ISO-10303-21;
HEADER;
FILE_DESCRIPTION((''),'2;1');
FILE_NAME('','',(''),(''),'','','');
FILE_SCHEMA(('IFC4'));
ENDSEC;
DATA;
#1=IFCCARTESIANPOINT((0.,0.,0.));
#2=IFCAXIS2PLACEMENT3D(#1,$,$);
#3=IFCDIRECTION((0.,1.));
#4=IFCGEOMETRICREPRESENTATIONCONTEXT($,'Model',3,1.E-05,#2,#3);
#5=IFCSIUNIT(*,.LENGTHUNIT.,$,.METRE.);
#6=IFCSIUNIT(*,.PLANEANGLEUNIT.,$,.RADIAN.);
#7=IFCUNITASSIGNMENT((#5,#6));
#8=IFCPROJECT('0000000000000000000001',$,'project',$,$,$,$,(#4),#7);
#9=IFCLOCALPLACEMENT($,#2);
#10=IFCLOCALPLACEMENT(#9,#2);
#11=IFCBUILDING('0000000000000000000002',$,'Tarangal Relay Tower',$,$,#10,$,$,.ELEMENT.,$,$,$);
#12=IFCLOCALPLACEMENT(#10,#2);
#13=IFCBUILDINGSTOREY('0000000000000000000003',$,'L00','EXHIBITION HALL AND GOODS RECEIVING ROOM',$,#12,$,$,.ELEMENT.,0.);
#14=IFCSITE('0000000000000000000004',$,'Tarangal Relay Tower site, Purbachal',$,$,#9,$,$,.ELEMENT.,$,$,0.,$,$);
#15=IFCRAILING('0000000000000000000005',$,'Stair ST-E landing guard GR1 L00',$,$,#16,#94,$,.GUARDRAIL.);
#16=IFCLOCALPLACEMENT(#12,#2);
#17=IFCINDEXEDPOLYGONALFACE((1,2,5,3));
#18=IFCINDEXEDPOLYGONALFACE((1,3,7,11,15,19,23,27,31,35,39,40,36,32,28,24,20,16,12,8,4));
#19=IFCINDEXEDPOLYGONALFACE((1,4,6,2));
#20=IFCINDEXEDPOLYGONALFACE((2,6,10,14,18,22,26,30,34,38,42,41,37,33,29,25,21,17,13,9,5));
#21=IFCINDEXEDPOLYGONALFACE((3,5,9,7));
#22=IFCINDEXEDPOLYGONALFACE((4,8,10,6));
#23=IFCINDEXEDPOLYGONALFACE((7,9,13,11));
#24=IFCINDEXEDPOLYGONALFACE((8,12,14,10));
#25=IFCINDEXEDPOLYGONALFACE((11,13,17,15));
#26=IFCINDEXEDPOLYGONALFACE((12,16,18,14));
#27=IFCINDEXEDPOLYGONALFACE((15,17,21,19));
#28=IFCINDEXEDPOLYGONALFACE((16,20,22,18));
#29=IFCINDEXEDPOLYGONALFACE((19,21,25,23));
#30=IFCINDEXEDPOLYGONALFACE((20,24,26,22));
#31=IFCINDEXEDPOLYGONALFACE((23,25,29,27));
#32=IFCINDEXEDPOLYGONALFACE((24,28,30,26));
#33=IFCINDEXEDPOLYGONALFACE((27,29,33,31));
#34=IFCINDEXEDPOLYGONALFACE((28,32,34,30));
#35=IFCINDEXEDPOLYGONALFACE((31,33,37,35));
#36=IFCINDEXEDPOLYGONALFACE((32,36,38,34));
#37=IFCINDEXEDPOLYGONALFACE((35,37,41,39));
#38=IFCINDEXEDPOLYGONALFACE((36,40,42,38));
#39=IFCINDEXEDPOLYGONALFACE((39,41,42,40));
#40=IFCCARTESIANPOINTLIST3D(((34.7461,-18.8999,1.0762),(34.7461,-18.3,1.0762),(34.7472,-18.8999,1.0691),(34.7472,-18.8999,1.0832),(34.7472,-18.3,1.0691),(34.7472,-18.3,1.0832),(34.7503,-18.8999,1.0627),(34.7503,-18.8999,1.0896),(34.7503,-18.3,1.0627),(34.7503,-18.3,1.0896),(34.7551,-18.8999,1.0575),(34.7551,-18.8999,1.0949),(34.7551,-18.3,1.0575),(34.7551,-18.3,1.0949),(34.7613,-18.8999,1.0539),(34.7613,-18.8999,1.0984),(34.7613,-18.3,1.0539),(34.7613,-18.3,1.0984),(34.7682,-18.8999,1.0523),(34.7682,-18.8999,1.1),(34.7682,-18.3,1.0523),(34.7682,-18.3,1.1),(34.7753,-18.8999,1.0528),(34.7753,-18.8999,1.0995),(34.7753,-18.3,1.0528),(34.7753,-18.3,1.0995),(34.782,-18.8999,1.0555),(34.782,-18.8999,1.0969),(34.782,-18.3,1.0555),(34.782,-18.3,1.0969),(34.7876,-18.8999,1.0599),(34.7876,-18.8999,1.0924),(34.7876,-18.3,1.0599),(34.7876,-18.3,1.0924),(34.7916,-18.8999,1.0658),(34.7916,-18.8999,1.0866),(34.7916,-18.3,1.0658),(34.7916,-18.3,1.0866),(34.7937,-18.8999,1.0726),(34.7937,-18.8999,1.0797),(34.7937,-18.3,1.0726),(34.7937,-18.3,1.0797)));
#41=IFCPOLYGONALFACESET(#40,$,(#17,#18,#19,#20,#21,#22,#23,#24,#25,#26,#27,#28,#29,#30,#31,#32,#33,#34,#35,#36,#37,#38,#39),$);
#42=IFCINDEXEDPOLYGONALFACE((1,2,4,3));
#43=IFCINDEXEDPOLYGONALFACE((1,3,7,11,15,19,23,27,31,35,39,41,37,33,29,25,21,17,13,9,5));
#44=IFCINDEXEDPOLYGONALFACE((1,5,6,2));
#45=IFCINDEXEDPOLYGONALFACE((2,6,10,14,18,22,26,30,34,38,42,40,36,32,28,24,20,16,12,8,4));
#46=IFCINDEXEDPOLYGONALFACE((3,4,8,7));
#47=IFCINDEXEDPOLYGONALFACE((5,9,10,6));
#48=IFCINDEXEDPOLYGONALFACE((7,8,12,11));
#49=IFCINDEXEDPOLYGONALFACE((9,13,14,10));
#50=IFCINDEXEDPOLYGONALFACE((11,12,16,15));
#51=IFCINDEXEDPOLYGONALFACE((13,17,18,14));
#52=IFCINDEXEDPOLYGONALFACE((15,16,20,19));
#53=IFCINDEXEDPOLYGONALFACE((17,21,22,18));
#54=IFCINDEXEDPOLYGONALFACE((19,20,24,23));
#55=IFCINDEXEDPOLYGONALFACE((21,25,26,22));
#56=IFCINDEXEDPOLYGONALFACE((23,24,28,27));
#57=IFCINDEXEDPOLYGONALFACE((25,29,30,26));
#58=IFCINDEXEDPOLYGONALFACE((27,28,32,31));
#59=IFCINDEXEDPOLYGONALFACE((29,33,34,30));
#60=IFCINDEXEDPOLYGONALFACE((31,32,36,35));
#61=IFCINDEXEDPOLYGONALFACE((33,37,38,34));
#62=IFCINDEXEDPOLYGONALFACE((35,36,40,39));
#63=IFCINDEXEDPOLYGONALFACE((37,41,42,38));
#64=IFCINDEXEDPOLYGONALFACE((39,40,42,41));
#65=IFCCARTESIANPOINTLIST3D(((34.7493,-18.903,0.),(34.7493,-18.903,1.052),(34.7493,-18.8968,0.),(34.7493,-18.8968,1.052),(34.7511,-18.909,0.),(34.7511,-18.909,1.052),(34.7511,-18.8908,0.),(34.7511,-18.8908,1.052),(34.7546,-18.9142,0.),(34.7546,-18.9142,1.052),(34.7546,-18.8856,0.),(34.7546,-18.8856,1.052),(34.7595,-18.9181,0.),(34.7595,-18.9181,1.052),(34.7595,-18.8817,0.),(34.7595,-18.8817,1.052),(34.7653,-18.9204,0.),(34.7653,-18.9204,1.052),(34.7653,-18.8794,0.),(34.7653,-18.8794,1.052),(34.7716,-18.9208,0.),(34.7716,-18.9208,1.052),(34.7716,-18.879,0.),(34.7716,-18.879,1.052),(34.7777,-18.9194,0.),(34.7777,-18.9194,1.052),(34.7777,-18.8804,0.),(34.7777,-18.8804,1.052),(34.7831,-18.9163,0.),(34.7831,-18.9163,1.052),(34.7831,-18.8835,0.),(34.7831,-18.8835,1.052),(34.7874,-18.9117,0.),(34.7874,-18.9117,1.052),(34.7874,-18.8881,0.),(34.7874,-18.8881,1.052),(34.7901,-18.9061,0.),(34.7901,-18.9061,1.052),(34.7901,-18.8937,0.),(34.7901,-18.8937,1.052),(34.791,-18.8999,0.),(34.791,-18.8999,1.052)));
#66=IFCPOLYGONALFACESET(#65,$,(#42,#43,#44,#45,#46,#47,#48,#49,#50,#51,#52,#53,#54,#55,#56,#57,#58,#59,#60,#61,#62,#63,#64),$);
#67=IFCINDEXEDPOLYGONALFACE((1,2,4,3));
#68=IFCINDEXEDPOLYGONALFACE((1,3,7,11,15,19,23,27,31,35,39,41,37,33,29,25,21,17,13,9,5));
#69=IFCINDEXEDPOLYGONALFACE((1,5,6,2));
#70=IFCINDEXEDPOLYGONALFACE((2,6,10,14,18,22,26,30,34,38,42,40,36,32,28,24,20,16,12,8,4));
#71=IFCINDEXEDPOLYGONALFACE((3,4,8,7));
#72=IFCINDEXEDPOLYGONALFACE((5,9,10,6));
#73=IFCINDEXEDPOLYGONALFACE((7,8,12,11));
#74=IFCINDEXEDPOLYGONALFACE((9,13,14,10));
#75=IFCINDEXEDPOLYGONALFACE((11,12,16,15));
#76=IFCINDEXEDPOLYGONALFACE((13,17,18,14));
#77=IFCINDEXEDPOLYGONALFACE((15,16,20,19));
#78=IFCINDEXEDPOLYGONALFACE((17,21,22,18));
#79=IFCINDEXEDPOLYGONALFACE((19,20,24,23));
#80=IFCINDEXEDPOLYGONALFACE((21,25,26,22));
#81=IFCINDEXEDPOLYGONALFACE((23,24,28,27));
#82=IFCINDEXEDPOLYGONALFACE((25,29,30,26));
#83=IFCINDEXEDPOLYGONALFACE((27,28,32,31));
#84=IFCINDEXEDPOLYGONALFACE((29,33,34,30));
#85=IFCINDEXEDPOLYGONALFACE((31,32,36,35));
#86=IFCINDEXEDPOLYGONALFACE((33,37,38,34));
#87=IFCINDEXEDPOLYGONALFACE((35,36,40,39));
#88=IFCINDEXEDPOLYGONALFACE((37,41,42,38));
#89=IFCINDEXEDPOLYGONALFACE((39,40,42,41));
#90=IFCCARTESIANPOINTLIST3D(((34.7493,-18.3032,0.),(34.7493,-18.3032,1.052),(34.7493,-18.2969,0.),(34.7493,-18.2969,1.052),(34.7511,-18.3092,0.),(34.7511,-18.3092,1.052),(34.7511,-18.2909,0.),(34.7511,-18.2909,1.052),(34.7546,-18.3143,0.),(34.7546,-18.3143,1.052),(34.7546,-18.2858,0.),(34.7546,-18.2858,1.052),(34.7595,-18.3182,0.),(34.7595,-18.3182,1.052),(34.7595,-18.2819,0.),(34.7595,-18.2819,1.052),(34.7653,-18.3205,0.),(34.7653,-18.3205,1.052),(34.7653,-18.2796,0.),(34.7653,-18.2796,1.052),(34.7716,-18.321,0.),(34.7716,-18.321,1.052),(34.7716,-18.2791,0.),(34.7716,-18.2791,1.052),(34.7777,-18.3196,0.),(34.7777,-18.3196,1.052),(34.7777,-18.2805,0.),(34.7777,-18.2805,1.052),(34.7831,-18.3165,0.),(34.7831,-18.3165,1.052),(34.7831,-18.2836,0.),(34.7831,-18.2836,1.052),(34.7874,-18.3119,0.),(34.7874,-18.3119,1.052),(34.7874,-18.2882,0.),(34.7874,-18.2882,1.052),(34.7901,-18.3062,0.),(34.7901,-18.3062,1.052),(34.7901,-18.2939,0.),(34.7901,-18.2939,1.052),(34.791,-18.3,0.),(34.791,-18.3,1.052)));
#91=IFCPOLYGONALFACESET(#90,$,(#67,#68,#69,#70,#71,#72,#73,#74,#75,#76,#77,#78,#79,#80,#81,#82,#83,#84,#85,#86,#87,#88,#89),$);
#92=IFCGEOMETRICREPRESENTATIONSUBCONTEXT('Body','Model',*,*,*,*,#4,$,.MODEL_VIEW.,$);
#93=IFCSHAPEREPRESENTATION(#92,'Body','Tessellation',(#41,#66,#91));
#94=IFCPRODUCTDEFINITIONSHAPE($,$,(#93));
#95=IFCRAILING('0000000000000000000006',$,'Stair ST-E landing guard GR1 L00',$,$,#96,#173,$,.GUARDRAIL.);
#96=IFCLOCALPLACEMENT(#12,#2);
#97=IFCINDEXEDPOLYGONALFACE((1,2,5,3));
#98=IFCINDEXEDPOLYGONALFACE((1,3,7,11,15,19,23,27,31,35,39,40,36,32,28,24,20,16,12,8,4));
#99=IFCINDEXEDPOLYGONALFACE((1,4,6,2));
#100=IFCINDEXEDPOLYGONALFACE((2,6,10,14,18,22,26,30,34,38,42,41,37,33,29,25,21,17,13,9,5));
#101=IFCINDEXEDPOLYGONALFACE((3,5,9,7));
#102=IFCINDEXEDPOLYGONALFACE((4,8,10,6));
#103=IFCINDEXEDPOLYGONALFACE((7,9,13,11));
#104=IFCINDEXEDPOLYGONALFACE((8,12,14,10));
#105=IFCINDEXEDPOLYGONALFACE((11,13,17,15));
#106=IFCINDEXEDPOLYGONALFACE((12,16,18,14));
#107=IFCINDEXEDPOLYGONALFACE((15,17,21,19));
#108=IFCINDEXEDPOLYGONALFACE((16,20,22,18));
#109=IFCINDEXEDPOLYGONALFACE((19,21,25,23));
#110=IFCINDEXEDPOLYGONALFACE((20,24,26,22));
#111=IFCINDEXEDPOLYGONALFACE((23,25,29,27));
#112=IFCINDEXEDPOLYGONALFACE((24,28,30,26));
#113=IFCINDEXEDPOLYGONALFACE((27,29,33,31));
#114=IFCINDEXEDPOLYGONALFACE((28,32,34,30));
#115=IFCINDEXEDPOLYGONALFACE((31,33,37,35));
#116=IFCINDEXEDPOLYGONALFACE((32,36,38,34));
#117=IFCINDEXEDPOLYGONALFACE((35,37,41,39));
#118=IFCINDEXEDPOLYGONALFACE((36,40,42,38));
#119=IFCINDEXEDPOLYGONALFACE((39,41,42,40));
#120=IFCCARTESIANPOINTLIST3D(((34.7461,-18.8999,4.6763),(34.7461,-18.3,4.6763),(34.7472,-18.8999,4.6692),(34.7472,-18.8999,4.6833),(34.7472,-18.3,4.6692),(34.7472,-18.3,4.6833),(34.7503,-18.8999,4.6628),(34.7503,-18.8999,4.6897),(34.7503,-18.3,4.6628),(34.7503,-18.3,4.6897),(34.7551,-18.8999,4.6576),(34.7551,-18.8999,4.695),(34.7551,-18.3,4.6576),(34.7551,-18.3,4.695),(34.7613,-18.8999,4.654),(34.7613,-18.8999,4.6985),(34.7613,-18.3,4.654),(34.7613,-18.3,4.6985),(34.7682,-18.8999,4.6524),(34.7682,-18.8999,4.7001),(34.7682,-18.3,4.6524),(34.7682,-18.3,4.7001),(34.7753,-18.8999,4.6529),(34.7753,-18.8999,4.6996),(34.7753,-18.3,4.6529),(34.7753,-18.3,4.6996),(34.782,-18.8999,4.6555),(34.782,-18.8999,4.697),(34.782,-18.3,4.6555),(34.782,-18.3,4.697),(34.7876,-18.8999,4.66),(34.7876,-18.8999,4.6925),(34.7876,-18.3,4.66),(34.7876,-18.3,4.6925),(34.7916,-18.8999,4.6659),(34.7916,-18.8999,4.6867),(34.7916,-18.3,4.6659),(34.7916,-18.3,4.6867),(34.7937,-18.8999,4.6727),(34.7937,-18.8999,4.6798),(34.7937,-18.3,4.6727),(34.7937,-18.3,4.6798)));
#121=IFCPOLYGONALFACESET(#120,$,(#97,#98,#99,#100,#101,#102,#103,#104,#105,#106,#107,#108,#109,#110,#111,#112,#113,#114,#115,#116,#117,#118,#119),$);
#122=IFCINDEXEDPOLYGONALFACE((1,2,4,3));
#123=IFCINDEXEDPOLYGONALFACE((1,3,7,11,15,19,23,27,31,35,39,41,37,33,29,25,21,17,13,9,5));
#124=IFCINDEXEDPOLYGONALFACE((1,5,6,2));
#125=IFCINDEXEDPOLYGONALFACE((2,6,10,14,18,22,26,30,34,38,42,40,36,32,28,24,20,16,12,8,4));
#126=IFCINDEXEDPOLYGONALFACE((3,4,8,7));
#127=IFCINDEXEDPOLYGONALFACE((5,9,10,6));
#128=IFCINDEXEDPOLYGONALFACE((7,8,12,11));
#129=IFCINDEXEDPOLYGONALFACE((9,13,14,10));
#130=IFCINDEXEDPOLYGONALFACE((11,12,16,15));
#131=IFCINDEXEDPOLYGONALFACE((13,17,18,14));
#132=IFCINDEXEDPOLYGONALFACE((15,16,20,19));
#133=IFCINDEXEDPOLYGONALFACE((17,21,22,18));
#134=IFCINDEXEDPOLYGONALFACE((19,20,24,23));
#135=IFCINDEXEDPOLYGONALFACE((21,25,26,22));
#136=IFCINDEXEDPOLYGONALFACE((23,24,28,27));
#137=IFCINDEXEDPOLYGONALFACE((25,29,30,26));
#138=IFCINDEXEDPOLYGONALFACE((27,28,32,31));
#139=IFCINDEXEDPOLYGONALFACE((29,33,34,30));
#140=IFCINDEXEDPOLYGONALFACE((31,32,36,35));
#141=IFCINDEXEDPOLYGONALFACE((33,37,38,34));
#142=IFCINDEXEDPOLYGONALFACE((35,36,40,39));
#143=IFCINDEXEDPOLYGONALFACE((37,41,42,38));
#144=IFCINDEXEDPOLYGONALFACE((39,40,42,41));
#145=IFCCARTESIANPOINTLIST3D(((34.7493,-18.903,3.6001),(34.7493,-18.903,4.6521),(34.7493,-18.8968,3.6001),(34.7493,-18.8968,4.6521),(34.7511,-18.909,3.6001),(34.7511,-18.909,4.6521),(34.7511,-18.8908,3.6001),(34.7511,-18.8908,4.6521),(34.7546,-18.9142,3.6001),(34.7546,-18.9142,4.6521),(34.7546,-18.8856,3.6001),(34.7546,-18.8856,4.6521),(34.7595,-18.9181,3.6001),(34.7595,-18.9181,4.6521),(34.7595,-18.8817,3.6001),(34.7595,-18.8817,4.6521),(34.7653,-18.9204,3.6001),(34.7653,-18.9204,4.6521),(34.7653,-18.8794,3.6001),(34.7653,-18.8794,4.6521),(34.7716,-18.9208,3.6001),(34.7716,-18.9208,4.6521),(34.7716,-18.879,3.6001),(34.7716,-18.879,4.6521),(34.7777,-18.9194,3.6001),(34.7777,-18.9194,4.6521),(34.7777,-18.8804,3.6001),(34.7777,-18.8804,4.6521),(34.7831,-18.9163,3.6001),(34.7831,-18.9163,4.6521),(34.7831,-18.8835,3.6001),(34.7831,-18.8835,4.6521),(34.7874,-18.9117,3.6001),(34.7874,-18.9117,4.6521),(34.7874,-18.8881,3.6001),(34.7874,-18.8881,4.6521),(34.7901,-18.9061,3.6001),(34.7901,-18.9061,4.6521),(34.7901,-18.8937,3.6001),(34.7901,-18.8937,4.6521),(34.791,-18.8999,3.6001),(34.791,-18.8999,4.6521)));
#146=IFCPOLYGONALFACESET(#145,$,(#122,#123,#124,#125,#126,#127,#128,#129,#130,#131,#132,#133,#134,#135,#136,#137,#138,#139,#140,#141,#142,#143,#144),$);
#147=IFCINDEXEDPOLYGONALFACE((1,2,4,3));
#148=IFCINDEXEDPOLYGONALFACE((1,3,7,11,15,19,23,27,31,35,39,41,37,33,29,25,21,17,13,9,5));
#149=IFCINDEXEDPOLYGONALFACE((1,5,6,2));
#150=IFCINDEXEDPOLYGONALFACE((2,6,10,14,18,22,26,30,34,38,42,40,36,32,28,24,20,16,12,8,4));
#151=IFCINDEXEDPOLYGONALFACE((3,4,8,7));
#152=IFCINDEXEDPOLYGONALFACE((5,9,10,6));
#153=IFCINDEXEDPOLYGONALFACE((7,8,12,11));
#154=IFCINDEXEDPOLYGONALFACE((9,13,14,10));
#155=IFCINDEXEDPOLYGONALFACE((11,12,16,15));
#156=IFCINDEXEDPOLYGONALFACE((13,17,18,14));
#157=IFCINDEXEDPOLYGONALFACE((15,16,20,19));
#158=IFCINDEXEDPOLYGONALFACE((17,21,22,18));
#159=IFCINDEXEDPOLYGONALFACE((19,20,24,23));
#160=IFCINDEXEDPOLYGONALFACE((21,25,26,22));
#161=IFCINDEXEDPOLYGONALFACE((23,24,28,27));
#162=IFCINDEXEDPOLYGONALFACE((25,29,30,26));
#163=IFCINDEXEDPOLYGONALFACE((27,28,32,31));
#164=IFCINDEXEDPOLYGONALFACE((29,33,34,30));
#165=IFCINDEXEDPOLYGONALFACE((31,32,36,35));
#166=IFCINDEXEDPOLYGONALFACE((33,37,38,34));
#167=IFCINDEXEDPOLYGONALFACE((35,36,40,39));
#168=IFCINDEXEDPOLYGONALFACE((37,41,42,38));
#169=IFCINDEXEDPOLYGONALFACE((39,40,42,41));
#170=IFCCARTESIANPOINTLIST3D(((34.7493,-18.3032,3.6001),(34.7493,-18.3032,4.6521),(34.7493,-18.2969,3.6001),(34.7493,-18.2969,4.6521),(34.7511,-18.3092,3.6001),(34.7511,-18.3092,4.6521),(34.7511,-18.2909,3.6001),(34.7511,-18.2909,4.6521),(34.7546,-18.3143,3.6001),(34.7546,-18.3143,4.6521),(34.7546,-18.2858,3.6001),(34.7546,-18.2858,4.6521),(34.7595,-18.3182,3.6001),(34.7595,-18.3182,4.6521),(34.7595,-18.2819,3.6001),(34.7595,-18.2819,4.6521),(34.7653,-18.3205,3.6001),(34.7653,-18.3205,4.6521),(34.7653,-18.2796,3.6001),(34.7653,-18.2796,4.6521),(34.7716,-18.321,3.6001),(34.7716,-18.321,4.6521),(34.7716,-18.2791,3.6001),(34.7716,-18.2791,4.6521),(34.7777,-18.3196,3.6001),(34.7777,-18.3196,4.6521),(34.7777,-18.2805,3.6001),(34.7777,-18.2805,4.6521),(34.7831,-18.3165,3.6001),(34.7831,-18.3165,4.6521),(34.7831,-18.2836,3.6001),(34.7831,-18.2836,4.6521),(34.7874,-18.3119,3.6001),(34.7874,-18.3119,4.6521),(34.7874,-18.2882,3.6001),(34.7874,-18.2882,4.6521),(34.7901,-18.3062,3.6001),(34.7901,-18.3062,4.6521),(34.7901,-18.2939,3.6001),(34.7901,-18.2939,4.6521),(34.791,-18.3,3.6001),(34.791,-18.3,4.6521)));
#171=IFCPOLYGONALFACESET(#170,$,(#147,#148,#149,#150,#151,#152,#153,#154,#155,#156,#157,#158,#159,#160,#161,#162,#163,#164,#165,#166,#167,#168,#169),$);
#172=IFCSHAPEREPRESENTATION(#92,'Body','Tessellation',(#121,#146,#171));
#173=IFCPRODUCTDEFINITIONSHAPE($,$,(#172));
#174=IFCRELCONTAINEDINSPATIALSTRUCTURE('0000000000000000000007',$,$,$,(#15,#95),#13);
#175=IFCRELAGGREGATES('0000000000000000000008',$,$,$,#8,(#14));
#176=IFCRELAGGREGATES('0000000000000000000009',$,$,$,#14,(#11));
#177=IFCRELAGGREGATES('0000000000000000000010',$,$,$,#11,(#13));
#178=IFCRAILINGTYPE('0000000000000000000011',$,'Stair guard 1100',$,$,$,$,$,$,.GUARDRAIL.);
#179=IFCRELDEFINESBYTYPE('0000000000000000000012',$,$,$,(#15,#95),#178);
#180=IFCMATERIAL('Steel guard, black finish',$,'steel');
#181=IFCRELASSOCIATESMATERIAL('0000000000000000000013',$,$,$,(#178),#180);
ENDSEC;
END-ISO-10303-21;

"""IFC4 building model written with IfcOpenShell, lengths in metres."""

from ifc_helpers import new_model, si_unit, direction, frame, origin, origin_2d, place, context, subcontext, project, spatial, circle, extrude, material, type_object, element, save


model = new_model("IFC4")

# Units and contexts
model_context = context("Model", 3, precision=1e-05, world=origin(), true_north=direction((0.0, 1.0)))
body_context = subcontext(model_context, "Body", "Model", "MODEL_VIEW")
ifc_project = project(units=[si_unit("LENGTHUNIT", "METRE"), si_unit("PLANEANGLEUNIT", "RADIAN")], contexts=[model_context])

# Site, building, storey
site_placement = place(None, origin())
site = spatial("IfcSite", under=ifc_project, at=site_placement, Name="Tarangal Relay Tower site, Purbachal", CompositionType="ELEMENT", RefElevation=0.0)
building_placement = place(site_placement, origin())
building = spatial("IfcBuilding", under=site, at=building_placement, Name="Tarangal Relay Tower", CompositionType="ELEMENT")
storey_placement = place(building_placement, origin())
storey = spatial("IfcBuildingStorey", under=building, at=storey_placement, Name="L00", Description="EXHIBITION HALL AND GOODS RECEIVING ROOM", CompositionType="ELEMENT", Elevation=0.0)

# Railings
ifc_material_1 = material(Name="Steel guard, black finish", Category="steel")
railing_type_1 = type_object("IfcRailingType", Name="Stair guard 1100", PredefinedType="GUARDRAIL", material=ifc_material_1)
for number, where, name in (
    (1, (34.77, -18.8999, 0.0), "Stair ST-E landing guard GR1 L00"),
    (2, (34.77, -18.8999, 3.6001), "Stair ST-E landing guard GR1 L00"),
):
    element("IfcRailing", number, at=place(storey_placement, frame(where)), inside=storey, type_object=railing_type_1, Name=name, PredefinedType="GUARDRAIL", context=body_context, shape_type="SweptSolid", body=[
        extrude(circle(Radius=0.0239, at=origin_2d()), frame((0.0, 0.0, 1.0762), z_axis=(0.0, 1.0, 0.0), x_axis=(-1.0, 0.0, 0.0)), (0.0, 0.0, 1.0), 0.5999),
        extrude(circle(Radius=0.021, at=origin_2d()), origin(), (0.0, 0.0, 1.0), 1.052),
        extrude(circle(Radius=0.021, at=origin_2d()), frame((0.0, 0.5999, 0.0)), (0.0, 0.0, 1.0), 1.052),
    ])

save(model, "model.ifc")
